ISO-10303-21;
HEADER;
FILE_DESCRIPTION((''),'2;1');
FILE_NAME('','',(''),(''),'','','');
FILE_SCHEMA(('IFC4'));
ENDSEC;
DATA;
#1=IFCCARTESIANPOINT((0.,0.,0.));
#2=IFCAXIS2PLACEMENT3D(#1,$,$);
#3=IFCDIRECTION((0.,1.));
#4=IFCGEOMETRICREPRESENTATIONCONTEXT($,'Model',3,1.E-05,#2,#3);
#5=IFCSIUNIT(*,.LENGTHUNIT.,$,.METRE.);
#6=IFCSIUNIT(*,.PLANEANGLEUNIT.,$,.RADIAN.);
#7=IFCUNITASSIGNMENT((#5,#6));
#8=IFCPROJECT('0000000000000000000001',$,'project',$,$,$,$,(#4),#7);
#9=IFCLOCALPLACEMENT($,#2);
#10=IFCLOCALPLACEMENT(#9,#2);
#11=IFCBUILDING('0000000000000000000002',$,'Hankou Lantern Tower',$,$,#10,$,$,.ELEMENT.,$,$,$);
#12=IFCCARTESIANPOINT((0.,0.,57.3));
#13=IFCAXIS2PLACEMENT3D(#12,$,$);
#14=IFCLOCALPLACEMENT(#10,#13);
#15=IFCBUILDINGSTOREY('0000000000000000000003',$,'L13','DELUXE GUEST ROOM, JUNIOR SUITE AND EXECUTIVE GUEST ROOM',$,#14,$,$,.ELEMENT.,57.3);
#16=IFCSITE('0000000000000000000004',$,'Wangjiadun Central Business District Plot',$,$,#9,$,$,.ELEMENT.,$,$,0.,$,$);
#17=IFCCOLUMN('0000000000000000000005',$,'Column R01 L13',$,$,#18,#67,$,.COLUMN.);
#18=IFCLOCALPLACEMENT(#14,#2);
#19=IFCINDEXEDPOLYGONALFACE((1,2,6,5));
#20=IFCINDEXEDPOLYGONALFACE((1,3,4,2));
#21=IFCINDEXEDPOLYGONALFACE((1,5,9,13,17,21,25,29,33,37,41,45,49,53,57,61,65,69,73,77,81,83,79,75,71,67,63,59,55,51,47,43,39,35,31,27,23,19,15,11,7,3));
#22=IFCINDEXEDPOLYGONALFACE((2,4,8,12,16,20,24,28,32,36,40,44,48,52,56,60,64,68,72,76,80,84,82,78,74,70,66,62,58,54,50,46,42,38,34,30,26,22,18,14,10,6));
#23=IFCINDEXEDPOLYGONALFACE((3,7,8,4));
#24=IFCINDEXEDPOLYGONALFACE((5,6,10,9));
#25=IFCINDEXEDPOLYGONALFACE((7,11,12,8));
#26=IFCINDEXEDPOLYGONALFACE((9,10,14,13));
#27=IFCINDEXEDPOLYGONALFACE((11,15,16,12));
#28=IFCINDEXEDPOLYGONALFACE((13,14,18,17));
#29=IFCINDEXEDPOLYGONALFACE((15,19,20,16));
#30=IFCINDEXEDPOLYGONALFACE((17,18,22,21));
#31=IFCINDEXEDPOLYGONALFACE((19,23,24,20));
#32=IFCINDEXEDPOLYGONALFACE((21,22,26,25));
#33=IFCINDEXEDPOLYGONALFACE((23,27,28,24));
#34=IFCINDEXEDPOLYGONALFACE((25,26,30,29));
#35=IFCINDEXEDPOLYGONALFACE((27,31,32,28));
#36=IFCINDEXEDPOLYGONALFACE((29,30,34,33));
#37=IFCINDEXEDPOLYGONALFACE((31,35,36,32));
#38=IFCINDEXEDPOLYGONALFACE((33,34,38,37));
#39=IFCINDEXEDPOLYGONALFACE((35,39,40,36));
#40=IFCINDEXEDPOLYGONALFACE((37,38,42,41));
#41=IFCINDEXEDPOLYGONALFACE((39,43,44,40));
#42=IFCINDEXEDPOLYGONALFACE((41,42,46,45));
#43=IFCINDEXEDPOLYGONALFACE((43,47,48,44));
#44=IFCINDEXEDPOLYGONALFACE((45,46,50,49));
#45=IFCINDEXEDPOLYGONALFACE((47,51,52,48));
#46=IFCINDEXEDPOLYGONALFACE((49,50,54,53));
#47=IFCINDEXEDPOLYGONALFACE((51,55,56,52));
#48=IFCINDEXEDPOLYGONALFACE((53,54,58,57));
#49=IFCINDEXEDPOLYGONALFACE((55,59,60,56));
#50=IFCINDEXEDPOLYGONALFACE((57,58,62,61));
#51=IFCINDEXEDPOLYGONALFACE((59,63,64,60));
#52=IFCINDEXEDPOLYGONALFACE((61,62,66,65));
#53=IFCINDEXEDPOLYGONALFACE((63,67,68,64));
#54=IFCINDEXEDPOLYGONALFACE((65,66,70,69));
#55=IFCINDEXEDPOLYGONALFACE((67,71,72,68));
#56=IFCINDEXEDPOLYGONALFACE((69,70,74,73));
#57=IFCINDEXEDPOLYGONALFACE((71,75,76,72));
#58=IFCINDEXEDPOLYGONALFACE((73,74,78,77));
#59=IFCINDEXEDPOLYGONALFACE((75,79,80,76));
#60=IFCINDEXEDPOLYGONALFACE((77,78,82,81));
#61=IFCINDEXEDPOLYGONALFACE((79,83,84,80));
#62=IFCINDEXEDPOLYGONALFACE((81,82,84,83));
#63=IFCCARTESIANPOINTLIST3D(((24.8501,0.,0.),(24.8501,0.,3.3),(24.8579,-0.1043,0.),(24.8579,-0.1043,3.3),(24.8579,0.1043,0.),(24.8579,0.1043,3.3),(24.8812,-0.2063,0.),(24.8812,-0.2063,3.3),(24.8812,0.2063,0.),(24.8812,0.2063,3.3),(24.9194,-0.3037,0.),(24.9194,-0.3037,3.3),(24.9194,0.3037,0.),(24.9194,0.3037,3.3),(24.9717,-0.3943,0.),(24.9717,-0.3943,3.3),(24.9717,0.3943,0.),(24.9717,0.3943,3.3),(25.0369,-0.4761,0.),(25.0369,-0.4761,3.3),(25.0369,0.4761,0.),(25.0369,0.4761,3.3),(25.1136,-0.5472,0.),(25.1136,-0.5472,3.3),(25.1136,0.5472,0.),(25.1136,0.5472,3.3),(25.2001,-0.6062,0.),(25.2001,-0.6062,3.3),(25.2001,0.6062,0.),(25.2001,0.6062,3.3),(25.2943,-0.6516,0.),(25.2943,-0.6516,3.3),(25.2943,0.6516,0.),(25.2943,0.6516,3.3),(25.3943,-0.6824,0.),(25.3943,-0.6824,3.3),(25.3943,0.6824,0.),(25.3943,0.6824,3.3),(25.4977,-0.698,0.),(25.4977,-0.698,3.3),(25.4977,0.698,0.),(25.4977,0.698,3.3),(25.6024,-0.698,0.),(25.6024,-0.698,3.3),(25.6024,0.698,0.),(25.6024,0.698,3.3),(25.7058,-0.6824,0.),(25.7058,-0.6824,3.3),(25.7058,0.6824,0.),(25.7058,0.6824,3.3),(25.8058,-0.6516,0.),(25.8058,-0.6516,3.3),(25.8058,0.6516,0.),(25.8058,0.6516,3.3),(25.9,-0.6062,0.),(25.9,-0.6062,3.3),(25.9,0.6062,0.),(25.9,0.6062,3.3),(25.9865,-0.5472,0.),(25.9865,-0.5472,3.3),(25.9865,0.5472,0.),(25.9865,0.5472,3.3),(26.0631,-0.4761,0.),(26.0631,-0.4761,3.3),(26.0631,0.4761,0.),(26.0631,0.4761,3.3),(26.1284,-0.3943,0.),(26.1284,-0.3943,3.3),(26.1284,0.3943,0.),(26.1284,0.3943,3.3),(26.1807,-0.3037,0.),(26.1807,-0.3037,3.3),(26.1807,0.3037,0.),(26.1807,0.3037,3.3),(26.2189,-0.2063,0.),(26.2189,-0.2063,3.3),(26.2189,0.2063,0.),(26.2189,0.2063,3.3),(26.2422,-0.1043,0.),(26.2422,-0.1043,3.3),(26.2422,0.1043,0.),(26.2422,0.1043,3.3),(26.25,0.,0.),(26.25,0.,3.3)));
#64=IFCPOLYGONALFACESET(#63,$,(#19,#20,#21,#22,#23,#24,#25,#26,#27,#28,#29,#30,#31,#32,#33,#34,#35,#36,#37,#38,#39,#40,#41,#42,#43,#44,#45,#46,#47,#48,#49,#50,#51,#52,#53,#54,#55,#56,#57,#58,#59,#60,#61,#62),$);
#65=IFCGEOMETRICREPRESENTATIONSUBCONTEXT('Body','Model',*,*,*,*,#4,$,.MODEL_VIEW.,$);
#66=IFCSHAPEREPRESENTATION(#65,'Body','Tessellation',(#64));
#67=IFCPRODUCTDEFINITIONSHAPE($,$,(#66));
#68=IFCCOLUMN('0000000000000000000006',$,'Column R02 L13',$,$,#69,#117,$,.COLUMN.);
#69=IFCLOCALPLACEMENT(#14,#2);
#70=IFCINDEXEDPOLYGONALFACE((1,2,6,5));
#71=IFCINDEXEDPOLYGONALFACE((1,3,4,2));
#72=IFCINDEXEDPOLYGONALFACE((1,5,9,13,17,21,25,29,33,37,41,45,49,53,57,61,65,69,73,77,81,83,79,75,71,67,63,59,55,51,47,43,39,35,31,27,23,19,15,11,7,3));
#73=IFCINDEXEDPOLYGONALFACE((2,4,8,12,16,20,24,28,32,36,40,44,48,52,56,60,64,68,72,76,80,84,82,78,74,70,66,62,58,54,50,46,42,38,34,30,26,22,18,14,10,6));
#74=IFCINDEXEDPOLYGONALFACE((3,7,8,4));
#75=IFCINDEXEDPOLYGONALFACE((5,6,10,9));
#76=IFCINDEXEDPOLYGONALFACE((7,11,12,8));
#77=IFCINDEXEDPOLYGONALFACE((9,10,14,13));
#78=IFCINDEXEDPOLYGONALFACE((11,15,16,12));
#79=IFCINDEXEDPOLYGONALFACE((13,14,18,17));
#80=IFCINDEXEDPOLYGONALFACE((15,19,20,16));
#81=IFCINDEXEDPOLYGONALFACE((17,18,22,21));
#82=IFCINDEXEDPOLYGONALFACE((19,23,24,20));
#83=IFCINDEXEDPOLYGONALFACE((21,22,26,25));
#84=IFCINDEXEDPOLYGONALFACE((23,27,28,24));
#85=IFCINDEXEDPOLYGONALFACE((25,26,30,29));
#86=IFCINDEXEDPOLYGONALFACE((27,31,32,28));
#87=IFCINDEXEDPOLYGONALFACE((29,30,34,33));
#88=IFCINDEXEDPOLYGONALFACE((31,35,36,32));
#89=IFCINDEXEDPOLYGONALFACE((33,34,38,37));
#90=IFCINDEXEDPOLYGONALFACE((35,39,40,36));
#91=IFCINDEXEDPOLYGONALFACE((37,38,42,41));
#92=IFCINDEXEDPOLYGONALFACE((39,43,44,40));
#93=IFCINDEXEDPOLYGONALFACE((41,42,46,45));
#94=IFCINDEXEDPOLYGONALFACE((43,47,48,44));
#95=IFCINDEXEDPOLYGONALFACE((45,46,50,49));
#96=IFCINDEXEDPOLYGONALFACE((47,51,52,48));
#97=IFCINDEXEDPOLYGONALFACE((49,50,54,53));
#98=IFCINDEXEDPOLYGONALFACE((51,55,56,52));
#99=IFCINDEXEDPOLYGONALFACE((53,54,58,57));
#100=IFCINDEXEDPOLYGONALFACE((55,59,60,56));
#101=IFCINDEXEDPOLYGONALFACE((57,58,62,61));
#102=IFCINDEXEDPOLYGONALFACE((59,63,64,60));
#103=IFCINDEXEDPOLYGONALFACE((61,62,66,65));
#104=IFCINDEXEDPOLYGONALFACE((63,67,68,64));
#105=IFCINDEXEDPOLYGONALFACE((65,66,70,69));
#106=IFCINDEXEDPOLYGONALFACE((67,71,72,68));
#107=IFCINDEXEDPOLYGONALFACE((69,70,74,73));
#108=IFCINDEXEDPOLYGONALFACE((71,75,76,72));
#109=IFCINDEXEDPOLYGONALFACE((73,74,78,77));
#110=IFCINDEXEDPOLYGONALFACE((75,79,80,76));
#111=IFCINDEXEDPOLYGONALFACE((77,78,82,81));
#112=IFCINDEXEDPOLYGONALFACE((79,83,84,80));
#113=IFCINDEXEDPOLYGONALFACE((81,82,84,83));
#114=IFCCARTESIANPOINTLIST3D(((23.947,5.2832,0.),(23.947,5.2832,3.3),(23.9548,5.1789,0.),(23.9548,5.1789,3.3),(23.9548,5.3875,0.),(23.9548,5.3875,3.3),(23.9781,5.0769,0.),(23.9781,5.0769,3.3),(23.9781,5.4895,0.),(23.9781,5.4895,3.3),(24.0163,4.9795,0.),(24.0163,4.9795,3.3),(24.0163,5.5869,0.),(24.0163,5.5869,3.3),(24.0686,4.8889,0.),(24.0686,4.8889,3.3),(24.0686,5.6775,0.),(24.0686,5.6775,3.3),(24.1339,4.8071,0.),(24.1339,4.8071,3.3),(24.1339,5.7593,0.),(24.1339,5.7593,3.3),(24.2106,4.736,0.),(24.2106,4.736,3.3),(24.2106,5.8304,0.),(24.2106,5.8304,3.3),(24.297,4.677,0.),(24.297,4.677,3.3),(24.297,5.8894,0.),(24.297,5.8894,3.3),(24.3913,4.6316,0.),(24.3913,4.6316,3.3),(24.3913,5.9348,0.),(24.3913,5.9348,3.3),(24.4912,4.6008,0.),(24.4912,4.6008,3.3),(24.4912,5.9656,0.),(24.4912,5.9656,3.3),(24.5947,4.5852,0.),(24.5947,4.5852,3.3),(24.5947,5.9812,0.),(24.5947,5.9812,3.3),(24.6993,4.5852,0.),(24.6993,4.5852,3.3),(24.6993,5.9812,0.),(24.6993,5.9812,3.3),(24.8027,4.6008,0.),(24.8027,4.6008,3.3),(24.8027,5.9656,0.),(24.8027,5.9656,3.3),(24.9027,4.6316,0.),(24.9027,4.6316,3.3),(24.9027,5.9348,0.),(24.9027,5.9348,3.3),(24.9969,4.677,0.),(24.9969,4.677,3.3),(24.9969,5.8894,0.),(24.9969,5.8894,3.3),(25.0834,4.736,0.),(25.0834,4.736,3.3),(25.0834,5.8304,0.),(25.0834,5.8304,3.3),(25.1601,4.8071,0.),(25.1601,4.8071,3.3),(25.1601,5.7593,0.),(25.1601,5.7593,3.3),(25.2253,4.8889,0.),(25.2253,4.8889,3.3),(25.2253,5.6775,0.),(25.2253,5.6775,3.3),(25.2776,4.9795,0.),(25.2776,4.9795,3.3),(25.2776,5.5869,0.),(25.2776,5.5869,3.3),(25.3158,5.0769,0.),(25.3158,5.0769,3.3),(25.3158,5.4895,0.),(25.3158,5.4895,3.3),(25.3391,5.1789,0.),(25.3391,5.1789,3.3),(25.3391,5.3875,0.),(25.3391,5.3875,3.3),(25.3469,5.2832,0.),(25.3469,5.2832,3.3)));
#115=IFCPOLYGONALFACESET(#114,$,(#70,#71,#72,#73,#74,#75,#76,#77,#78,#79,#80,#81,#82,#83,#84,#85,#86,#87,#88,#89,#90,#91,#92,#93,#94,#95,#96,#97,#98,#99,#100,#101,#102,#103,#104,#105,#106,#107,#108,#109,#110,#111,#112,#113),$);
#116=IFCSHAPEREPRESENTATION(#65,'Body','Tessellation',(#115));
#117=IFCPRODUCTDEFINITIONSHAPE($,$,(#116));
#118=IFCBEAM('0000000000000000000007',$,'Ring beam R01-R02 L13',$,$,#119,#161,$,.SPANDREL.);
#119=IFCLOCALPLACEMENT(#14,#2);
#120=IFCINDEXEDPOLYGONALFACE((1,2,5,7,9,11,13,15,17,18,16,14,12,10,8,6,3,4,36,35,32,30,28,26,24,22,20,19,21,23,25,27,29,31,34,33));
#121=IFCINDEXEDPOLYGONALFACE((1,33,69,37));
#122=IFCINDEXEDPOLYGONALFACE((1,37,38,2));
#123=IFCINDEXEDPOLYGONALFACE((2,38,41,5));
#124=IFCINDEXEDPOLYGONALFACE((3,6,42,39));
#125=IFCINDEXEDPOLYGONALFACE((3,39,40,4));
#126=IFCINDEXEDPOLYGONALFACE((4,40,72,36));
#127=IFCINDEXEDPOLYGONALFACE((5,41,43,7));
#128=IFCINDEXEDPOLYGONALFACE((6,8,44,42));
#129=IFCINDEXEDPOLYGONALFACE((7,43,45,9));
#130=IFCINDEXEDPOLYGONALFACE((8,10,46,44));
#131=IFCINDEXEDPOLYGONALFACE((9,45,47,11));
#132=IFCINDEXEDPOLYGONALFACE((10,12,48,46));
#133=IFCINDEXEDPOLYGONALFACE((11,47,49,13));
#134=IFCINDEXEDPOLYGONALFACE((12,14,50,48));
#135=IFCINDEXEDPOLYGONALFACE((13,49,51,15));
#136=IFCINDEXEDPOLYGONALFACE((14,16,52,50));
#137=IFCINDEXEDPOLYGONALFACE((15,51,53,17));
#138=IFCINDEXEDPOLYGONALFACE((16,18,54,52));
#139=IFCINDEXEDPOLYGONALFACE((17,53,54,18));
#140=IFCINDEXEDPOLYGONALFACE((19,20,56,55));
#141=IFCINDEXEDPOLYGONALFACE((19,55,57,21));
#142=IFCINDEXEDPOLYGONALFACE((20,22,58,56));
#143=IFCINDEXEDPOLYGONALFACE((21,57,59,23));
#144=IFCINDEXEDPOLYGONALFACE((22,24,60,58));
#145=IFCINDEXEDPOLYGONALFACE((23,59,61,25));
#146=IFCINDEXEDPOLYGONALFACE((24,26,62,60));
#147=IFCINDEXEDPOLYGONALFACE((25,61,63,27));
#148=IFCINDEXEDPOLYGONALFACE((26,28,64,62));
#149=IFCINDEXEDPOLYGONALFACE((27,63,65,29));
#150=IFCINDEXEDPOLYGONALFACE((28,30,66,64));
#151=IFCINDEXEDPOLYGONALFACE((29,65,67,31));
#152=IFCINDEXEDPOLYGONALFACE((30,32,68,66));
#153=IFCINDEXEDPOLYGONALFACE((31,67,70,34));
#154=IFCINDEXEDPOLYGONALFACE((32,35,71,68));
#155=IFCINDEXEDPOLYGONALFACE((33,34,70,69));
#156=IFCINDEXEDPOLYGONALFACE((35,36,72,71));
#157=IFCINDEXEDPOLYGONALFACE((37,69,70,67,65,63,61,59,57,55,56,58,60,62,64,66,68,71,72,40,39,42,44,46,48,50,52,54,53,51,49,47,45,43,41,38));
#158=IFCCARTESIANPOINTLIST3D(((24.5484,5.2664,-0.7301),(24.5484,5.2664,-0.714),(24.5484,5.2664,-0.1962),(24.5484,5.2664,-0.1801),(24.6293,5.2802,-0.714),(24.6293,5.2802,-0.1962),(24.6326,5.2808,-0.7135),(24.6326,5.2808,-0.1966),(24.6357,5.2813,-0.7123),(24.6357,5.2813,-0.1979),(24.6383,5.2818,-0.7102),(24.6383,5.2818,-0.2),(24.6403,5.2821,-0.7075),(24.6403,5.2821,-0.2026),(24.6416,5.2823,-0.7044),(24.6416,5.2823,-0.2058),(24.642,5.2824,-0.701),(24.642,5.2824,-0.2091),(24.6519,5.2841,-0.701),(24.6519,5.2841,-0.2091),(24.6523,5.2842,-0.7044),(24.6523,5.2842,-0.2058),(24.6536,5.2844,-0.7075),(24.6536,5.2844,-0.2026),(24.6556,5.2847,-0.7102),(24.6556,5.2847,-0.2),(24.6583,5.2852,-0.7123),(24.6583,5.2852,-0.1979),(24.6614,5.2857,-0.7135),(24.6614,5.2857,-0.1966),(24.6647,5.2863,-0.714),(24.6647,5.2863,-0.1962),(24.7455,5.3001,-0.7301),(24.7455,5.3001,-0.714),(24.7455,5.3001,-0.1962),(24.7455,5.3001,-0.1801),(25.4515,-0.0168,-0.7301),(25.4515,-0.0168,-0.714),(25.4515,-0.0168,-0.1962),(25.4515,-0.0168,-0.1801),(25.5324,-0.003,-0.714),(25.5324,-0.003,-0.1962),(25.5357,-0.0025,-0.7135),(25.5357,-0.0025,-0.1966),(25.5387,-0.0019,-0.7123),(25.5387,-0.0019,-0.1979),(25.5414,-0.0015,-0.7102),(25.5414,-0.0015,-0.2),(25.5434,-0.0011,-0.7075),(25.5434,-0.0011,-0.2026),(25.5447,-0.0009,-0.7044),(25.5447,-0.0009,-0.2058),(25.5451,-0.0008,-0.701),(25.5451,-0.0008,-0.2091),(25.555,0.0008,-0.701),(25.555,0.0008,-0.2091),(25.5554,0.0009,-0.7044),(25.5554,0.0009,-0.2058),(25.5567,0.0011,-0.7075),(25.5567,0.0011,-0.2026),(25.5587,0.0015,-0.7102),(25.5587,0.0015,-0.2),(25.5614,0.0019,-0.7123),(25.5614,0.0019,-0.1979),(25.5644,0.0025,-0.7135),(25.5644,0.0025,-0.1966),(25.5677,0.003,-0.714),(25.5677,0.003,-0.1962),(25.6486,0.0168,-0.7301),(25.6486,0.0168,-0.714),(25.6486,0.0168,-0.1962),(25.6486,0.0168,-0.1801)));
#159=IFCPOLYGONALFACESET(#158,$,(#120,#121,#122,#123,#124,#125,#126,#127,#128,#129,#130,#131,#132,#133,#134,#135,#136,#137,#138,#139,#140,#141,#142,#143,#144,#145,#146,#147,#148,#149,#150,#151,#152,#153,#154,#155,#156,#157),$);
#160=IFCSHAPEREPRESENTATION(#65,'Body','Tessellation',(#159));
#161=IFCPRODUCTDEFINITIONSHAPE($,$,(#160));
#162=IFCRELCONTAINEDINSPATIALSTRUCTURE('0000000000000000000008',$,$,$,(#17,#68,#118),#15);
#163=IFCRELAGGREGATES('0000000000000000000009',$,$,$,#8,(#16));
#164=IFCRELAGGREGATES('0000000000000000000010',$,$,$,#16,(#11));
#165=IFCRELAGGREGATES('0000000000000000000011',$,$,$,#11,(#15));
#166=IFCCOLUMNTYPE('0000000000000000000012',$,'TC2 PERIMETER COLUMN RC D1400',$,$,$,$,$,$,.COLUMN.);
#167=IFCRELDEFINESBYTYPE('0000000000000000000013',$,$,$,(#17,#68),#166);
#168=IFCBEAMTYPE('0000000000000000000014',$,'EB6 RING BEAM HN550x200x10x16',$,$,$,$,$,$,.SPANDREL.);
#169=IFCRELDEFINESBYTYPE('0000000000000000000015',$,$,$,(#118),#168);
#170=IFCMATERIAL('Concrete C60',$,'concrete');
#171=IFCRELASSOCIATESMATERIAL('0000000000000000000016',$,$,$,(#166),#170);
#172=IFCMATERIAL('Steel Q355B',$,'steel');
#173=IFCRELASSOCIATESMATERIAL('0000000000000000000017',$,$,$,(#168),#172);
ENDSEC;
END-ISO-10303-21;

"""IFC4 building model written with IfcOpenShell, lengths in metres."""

from ifc_helpers import new_model, si_unit, direction, frame, origin, origin_2d, place, context, subcontext, project, spatial, circle, i_section, extrude, material, material_profile, profile_set, type_object, element, save


model = new_model("IFC4")

# Units and contexts
model_context = context("Model", 3, precision=1e-05, world=origin(), true_north=direction((0.0, 1.0)))
body_context = subcontext(model_context, "Body", "Model", "MODEL_VIEW")
ifc_project = project(units=[si_unit("LENGTHUNIT", "METRE"), si_unit("PLANEANGLEUNIT", "RADIAN")], contexts=[model_context])

# Site, building, storey
site_placement = place(None, origin())
site = spatial("IfcSite", under=ifc_project, at=site_placement, Name="Wangjiadun Central Business District Plot", CompositionType="ELEMENT", RefElevation=0.0)
building_placement = place(site_placement, origin())
building = spatial("IfcBuilding", under=site, at=building_placement, Name="Hankou Lantern Tower", CompositionType="ELEMENT")
storey_placement = place(building_placement, frame((0.0, 0.0, 57.3)))
storey = spatial("IfcBuildingStorey", under=building, at=storey_placement, Name="L13", Description="DELUXE GUEST ROOM, JUNIOR SUITE AND EXECUTIVE GUEST ROOM", CompositionType="ELEMENT", Elevation=57.3)

# Columns
ifc_material_1 = material(Name="Concrete C60", Category="concrete")
ifc_material_profile_1 = material_profile(ifc_material_1, circle(Radius=0.7, at=origin_2d()), Name="RC D1400")
ifc_profile_set_1 = profile_set([ifc_material_profile_1], Name="Concrete C60")
column_type = type_object("IfcColumnType", Name="TC2 PERIMETER COLUMN RC D1400", PredefinedType="COLUMN", material=ifc_profile_set_1)
for number, where, z_axis, x_axis, name in (
    (1, (25.55, 0.0, 0.0), (0.0, 0.0, 1.0), (1.0, 0.0, 0.0), "Column R01 L13"),
    (2, (24.647, 5.2832, 0.0), (0.0, 0.0, 1.0), (1.0, 0.0, 0.0), "Column R02 L13"),
):
    element("IfcColumn", number, at=place(storey_placement, frame(where, z_axis=z_axis, x_axis=x_axis)), inside=storey, type_object=column_type, Name=name, PredefinedType="COLUMN", context=body_context, shape_type="SweptSolid", body=[
        extrude(circle(Radius=0.7, at=origin_2d()), origin(), (0.0, 0.0, 1.0), 3.3),
    ])

# Beam
ifc_material_2 = material(Name="Steel Q355B", Category="steel")
ifc_material_profile_2 = material_profile(ifc_material_2, i_section(OverallWidth=0.2, OverallDepth=0.55, WebThickness=0.01, FlangeThickness=0.0161, FilletRadius=0.0129, at=origin_2d()), Name="HN550x200x10x16")
ifc_profile_set_2 = profile_set([ifc_material_profile_2], Name="Steel Q355B")
beam_type_1 = type_object("IfcBeamType", Name="EB6 RING BEAM HN550x200x10x16", PredefinedType="SPANDREL", material=ifc_profile_set_2)
beam_1_placement = place(storey_placement, frame((25.55, 0.0, -0.4551), z_axis=(-0.16849, 0.985703, 0.0), x_axis=(-0.985703, -0.16849, 0.0)))
element("IfcBeam", 3, at=beam_1_placement, inside=storey, type_object=beam_type_1, Name="Ring beam R01-R02 L13", PredefinedType="SPANDREL", context=body_context, shape_type="SweptSolid", body=[
    extrude(i_section(OverallWidth=0.2, OverallDepth=0.55, WebThickness=0.01, FlangeThickness=0.0161, FilletRadius=0.0129, at=origin_2d()), origin(), (0.0, 0.0, 1.0), 5.3599),
])

save(model, "model.ifc")
